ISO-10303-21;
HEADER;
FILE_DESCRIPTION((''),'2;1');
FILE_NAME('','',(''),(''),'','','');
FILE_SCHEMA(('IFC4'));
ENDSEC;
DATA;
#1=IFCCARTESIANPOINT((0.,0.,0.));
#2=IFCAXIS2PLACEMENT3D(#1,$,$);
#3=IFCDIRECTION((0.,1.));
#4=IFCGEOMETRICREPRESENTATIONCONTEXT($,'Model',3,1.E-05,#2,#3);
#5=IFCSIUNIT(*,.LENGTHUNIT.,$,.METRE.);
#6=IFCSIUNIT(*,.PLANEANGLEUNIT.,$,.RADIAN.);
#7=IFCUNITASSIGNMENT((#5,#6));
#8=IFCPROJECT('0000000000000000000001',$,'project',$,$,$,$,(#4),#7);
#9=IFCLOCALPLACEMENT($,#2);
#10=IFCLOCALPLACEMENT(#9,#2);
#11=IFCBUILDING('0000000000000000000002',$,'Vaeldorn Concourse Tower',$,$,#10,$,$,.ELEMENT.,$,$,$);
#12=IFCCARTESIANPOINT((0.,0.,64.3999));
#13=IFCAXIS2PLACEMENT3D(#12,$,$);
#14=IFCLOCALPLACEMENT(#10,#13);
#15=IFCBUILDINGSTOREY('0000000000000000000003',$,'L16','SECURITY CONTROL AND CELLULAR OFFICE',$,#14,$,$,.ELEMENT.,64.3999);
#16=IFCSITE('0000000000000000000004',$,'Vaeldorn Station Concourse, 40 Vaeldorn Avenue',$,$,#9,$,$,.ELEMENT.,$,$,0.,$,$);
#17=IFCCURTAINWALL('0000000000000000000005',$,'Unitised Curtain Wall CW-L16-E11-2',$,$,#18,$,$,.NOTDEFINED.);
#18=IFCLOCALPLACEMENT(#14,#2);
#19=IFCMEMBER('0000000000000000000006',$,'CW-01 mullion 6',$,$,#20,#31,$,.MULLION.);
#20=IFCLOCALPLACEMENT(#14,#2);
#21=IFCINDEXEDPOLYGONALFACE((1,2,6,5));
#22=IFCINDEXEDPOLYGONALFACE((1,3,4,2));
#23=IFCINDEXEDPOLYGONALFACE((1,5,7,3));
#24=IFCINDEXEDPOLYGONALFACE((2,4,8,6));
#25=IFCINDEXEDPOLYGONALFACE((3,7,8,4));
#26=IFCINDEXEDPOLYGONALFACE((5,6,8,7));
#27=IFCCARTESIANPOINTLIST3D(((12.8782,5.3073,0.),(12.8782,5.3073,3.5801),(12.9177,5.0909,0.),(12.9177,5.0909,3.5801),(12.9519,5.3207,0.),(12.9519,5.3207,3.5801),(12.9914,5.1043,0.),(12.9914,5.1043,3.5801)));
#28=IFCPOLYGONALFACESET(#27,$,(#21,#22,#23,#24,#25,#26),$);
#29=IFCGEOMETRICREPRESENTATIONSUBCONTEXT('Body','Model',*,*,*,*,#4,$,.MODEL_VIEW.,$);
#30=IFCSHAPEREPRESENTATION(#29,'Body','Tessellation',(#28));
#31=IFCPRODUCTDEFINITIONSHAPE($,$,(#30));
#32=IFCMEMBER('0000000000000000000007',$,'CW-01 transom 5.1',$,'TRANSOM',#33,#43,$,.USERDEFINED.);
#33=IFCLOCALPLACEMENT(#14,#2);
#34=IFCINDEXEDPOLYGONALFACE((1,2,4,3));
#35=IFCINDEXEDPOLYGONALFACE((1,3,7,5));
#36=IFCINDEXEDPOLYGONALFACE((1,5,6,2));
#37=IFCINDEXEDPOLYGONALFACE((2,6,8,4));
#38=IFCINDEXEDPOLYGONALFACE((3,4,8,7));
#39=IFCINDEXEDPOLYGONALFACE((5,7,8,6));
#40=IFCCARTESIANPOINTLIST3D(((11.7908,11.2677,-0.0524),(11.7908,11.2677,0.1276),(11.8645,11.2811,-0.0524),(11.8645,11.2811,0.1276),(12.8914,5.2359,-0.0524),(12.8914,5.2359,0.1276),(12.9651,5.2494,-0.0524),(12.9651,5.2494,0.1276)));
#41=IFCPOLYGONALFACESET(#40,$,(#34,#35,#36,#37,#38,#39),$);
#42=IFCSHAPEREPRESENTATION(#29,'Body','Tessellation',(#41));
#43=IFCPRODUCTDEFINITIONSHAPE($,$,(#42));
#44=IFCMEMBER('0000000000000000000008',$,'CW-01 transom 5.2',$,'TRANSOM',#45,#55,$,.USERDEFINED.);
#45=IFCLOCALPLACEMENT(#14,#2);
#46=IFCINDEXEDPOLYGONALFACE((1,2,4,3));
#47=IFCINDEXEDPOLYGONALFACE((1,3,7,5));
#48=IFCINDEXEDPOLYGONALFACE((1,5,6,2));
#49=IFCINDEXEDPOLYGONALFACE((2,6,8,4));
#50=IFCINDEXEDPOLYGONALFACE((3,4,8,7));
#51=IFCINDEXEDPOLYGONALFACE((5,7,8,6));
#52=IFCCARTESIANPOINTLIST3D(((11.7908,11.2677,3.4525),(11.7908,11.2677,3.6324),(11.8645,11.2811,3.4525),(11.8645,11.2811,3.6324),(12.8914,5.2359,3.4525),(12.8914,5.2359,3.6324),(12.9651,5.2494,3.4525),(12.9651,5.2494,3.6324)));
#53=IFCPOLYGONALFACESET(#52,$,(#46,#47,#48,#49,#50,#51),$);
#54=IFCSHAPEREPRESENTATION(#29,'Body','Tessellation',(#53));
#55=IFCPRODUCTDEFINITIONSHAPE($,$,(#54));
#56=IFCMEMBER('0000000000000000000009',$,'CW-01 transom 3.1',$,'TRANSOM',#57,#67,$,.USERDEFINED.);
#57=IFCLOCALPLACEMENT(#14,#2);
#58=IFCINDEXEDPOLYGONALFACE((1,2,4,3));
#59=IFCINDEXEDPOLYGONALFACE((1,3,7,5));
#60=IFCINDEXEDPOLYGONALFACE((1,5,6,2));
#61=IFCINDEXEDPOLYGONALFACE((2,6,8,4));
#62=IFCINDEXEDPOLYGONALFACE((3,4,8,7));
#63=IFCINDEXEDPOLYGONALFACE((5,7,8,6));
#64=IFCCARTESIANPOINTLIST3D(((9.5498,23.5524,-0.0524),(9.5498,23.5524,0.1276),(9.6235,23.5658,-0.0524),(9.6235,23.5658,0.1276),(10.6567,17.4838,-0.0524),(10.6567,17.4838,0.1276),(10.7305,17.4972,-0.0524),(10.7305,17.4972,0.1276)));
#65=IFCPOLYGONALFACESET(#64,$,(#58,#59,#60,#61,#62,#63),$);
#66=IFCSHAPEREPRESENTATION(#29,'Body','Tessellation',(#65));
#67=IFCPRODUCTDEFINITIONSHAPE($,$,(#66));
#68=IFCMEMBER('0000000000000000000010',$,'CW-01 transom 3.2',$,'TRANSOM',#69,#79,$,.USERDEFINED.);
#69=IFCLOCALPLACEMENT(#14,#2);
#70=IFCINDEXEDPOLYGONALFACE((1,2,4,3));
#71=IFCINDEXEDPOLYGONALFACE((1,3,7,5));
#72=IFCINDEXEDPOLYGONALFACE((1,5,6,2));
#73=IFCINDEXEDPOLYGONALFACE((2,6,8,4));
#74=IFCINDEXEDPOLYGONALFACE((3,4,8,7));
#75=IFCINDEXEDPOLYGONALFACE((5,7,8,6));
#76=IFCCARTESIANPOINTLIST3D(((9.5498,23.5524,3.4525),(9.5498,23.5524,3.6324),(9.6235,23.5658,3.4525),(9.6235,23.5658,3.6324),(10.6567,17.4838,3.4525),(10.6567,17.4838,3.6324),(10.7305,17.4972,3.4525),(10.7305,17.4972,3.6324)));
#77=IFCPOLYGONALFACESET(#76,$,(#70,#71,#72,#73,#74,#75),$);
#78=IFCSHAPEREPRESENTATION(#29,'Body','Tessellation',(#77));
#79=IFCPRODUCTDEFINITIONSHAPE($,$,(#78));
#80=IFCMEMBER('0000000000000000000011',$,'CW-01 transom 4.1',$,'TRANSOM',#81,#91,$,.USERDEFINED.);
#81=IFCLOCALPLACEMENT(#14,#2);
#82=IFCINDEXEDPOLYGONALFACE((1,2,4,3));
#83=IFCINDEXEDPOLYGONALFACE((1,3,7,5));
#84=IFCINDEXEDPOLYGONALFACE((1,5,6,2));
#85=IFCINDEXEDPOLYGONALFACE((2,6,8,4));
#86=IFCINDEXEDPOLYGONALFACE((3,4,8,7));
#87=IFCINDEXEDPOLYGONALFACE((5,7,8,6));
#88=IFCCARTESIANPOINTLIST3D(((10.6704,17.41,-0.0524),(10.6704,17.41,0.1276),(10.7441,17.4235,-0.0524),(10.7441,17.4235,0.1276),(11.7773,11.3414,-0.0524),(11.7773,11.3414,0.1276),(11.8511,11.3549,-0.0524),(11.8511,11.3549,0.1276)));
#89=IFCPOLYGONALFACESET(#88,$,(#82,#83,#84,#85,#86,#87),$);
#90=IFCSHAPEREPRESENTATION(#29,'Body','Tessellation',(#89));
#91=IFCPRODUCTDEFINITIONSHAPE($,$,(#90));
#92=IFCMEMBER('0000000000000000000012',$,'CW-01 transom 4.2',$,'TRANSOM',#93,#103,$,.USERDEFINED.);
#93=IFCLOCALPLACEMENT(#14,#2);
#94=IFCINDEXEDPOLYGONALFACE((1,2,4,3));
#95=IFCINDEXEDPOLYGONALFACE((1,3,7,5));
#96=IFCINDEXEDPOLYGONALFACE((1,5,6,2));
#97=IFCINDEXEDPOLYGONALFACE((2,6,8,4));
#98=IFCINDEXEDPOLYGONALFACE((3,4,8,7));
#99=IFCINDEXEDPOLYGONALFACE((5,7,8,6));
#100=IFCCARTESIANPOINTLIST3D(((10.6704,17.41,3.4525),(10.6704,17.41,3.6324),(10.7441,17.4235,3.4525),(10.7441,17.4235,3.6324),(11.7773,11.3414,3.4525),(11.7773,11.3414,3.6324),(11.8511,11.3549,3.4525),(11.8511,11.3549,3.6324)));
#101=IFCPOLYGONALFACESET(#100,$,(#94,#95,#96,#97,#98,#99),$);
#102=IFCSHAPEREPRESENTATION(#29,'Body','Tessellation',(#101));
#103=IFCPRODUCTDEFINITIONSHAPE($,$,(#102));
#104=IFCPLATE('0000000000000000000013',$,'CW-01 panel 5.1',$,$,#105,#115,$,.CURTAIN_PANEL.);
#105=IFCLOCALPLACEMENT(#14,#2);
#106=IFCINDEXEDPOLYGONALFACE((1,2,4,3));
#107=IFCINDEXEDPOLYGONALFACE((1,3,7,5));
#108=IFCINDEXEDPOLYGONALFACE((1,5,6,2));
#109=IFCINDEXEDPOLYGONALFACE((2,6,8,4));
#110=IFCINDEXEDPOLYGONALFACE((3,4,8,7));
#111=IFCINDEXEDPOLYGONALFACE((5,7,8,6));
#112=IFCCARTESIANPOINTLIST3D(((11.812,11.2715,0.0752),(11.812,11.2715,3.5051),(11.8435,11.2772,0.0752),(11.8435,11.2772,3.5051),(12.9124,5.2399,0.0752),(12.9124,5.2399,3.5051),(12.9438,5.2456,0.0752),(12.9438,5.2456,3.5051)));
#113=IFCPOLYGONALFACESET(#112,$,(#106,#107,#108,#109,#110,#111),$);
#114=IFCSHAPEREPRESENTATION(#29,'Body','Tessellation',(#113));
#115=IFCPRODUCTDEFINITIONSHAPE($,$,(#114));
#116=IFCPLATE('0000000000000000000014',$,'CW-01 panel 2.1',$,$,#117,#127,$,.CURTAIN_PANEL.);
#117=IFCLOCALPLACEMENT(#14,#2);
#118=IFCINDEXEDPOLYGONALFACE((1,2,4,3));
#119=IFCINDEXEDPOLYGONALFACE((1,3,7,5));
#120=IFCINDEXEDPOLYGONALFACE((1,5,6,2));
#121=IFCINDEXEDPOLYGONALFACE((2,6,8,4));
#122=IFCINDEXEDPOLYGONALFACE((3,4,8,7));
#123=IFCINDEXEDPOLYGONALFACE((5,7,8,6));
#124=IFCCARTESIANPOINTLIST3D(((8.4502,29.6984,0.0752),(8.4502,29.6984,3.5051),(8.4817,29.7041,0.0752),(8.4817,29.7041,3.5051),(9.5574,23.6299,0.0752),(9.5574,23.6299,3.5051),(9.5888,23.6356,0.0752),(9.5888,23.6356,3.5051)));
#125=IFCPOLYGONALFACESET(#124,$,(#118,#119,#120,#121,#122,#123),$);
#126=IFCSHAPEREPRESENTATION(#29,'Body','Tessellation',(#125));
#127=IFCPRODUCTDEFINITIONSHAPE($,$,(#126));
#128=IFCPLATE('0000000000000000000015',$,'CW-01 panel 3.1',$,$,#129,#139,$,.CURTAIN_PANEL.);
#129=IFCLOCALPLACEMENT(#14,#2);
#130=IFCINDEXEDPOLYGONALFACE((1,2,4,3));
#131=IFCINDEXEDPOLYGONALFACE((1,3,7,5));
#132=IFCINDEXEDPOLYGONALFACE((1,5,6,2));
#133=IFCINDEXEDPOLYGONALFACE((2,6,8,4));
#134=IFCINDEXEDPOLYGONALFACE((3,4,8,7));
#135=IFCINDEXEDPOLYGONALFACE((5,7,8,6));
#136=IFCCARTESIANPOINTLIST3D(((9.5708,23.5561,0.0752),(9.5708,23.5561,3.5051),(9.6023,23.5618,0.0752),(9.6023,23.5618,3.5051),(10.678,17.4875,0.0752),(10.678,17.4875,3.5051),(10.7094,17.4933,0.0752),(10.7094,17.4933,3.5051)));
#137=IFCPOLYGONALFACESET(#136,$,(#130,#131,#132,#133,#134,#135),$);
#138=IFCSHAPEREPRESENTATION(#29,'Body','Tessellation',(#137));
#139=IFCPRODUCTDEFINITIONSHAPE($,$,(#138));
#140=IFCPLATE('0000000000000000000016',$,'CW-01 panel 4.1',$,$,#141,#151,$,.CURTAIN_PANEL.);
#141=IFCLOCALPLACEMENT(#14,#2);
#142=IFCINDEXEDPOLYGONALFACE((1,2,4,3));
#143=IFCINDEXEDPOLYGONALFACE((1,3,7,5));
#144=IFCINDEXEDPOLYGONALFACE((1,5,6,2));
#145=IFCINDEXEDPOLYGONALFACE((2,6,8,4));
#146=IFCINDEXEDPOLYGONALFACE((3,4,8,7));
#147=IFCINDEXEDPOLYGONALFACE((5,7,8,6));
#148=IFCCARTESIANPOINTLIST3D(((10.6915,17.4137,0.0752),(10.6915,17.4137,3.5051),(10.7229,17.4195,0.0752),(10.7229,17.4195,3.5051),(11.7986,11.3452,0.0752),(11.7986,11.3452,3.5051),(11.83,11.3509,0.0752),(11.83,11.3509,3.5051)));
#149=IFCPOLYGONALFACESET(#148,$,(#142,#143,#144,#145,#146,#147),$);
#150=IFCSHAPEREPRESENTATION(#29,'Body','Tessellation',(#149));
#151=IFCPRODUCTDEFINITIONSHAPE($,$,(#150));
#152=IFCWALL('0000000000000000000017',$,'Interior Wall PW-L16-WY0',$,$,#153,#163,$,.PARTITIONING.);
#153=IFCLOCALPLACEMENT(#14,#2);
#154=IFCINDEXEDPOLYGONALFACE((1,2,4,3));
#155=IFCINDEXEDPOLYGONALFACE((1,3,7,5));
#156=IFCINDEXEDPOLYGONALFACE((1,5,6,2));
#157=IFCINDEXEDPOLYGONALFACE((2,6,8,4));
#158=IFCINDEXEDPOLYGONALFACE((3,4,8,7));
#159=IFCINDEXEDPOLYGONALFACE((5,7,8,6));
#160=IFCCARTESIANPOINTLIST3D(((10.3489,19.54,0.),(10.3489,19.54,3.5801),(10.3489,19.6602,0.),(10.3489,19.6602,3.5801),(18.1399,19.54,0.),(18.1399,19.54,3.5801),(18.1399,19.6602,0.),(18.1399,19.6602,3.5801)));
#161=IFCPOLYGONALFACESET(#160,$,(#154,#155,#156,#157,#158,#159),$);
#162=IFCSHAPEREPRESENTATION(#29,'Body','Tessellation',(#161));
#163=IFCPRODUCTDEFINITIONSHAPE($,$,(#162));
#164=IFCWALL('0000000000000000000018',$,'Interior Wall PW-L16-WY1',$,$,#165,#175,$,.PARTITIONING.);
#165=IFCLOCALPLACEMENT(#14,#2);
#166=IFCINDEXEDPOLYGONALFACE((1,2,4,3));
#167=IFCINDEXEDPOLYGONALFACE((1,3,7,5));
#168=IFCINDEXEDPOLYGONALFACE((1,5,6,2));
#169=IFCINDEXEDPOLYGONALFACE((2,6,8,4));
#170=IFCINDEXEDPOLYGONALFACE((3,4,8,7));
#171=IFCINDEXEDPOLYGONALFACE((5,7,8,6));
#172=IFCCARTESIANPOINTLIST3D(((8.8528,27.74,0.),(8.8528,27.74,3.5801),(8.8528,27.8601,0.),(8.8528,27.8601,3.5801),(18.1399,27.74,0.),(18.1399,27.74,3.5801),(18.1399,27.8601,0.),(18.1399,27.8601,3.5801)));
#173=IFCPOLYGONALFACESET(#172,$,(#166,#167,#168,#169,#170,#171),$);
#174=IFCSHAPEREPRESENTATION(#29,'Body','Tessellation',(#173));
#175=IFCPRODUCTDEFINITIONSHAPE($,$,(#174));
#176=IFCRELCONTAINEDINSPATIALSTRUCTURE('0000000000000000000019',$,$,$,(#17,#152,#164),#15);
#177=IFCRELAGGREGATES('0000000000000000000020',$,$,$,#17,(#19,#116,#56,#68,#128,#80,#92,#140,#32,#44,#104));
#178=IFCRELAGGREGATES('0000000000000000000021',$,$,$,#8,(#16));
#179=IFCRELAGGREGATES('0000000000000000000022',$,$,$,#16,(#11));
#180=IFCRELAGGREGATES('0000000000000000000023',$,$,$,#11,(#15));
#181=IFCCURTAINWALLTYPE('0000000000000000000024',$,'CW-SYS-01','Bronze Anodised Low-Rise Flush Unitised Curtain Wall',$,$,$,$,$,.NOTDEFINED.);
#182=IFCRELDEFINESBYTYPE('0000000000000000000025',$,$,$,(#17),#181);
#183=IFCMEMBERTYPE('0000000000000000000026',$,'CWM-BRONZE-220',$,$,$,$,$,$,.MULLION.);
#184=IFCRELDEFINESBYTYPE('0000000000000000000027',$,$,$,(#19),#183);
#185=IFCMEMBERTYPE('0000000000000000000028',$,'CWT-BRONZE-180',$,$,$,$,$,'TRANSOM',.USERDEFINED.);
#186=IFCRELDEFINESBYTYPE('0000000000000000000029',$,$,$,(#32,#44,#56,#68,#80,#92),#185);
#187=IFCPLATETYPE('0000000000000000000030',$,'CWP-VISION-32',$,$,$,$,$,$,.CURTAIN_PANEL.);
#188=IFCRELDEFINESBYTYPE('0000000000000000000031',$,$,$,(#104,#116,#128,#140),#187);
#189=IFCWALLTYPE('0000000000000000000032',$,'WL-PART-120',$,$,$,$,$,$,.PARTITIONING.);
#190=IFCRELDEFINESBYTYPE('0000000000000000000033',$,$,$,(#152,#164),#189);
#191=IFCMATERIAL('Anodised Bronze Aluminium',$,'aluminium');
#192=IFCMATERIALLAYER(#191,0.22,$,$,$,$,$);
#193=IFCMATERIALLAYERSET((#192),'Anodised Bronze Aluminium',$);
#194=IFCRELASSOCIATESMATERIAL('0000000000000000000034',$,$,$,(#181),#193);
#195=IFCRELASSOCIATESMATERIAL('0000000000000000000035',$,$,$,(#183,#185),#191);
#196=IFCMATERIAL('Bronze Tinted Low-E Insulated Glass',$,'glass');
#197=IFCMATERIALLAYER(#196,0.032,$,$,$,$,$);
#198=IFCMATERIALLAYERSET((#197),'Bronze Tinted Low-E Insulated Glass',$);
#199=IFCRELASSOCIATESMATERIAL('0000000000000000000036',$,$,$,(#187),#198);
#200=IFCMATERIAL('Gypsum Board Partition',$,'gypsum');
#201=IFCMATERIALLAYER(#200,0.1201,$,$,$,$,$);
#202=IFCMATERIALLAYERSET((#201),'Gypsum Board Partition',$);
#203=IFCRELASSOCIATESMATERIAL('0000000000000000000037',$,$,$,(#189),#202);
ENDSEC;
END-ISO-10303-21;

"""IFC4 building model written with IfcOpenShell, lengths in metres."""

from ifc_helpers import new_model, si_unit, direction, frame, frame_2d, origin, origin_2d, place, context, subcontext, project, spatial, rectangle, extrude, source, transform, mapped, material, layer, layer_set, material_profile, profile_set, type_object, element, aggregate, save


model = new_model("IFC4")

# Units and contexts
model_context = context("Model", 3, precision=1e-05, world=origin(), true_north=direction((0.0, 1.0)))
body_context = subcontext(model_context, "Body", "Model", "MODEL_VIEW")
ifc_project = project(units=[si_unit("LENGTHUNIT", "METRE"), si_unit("PLANEANGLEUNIT", "RADIAN")], contexts=[model_context])

# Site, building, storey
site_placement = place(None, origin())
site = spatial("IfcSite", under=ifc_project, at=site_placement, Name="Vaeldorn Station Concourse, 40 Vaeldorn Avenue", CompositionType="ELEMENT", RefElevation=0.0)
building_placement = place(site_placement, origin())
building = spatial("IfcBuilding", under=site, at=building_placement, Name="Vaeldorn Concourse Tower", CompositionType="ELEMENT")
storey_placement = place(building_placement, frame((0.0, 0.0, 64.3999)))
storey = spatial("IfcBuildingStorey", under=building, at=storey_placement, Name="L16", Description="SECURITY CONTROL AND CELLULAR OFFICE", CompositionType="ELEMENT", Elevation=64.3999)

# Curtain wall, members, plates
ifc_material_1 = material(Name="Anodised Bronze Aluminium", Category="aluminium")
ifc_layer_1 = layer(ifc_material_1, 0.22)
ifc_layer_set_1 = layer_set([ifc_layer_1], Name="Anodised Bronze Aluminium")
curtain_wall_type = type_object("IfcCurtainWallType", Name="CW-SYS-01", Description="Bronze Anodised Low-Rise Flush Unitised Curtain Wall", PredefinedType="NOTDEFINED", material=ifc_layer_set_1)
curtain_wall_placement = place(storey_placement, origin())
curtain_wall = element("IfcCurtainWall", 1, at=curtain_wall_placement, inside=storey, type_object=curtain_wall_type, Name="Unitised Curtain Wall CW-L16-E11-2", PredefinedType="NOTDEFINED")
ifc_material_profile_1 = material_profile(ifc_material_1, rectangle(XDim=0.075, YDim=0.22, at=origin_2d()), Name="CWM 75x220")
ifc_profile_set_1 = profile_set([ifc_material_profile_1], Name="Anodised Bronze Aluminium")
member_type_1 = type_object("IfcMemberType", Name="CWM-BRONZE-220", PredefinedType="MULLION", material=ifc_profile_set_1)
shared_shape_1 = source(origin(), body_context, "Body", "SweptSolid", [
    extrude(rectangle(XDim=0.075, YDim=0.22, at=origin_2d()), origin(), (0.0, 0.0, 1.0), 3.5801),
])
member_1_placement = place(storey_placement, frame((12.9348, 5.2058, 0.0), z_axis=(0.0, 0.0, 1.0), x_axis=(0.983763, 0.179474, 0.0)))
member_1 = element("IfcMember", 2, at=member_1_placement, type_object=member_type_1, Name="CW-01 mullion 6", PredefinedType="MULLION", context=body_context, shape_type="MappedRepresentation", body=[
    mapped(shared_shape_1, transform((0.0, 0.0, 0.0), scale=1.0)),
])
ifc_material_profile_2 = material_profile(ifc_material_1, rectangle(XDim=0.075, YDim=0.1799, at=origin_2d()), Name="CWT 75x180")
ifc_profile_set_2 = profile_set([ifc_material_profile_2], Name="Anodised Bronze Aluminium")
member_type_2 = type_object("IfcMemberType", Name="CWT-BRONZE-180", ElementType="TRANSOM", PredefinedType="USERDEFINED", material=ifc_profile_set_2)
shared_shape_2 = source(origin(), body_context, "Body", "SweptSolid", [
    extrude(rectangle(XDim=0.075, YDim=0.1799, at=origin_2d()), origin(), (0.0, 0.0, 1.0), 6.1313),
])
member_2_placement = place(storey_placement, frame((11.8276, 11.2744, 0.0376), z_axis=(0.179502, -0.983758, 0.0), x_axis=(0.983758, 0.179502, 0.0)))
member_2 = element("IfcMember", 3, at=member_2_placement, type_object=member_type_2, Name="CW-01 transom 5.1", ObjectType="TRANSOM", PredefinedType="USERDEFINED", context=body_context, shape_type="MappedRepresentation", body=[
    mapped(shared_shape_2, transform((0.0, 0.0, 0.0), scale=1.0)),
])
member_3_placement = place(storey_placement, frame((11.8276, 11.2744, 3.5425), z_axis=(0.179502, -0.983758, 0.0), x_axis=(0.983758, 0.179502, 0.0)))
member_3 = element("IfcMember", 4, at=member_3_placement, type_object=member_type_2, Name="CW-01 transom 5.2", ObjectType="TRANSOM", PredefinedType="USERDEFINED", context=body_context, shape_type="MappedRepresentation", body=[
    mapped(shared_shape_2, transform((0.0, 0.0, 0.0), scale=1.0)),
])
shared_shape_3 = source(origin(), body_context, "Body", "SweptSolid", [
    extrude(rectangle(XDim=0.075, YDim=0.1799, at=origin_2d()), origin(), (0.0, 0.0, 1.0), 6.1687),
])
member_4_placement = place(storey_placement, frame((9.5867, 23.5591, 0.0376), z_axis=(0.179443, -0.983768, 0.0), x_axis=(0.983768, 0.179443, 0.0)))
member_4 = element("IfcMember", 5, at=member_4_placement, type_object=member_type_2, Name="CW-01 transom 3.1", ObjectType="TRANSOM", PredefinedType="USERDEFINED", context=body_context, shape_type="MappedRepresentation", body=[
    mapped(shared_shape_3, transform((0.0, 0.0, 0.0), scale=1.0)),
])
member_5_placement = place(storey_placement, frame((9.5867, 23.5591, 3.5425), z_axis=(0.179443, -0.983768, 0.0), x_axis=(0.983768, 0.179443, 0.0)))
member_5 = element("IfcMember", 6, at=member_5_placement, type_object=member_type_2, Name="CW-01 transom 3.2", ObjectType="TRANSOM", PredefinedType="USERDEFINED", context=body_context, shape_type="MappedRepresentation", body=[
    mapped(shared_shape_3, transform((0.0, 0.0, 0.0), scale=1.0)),
])
member_6_placement = place(storey_placement, frame((10.7073, 17.4167, 0.0376), z_axis=(0.179443, -0.983768, 0.0), x_axis=(0.983768, 0.179443, 0.0)))
member_6 = element("IfcMember", 7, at=member_6_placement, type_object=member_type_2, Name="CW-01 transom 4.1", ObjectType="TRANSOM", PredefinedType="USERDEFINED", context=body_context, shape_type="MappedRepresentation", body=[
    mapped(shared_shape_3, transform((0.0, 0.0, 0.0), scale=1.0)),
])
member_7_placement = place(storey_placement, frame((10.7073, 17.4167, 3.5425), z_axis=(0.179443, -0.983768, 0.0), x_axis=(0.983768, 0.179443, 0.0)))
member_7 = element("IfcMember", 8, at=member_7_placement, type_object=member_type_2, Name="CW-01 transom 4.2", ObjectType="TRANSOM", PredefinedType="USERDEFINED", context=body_context, shape_type="MappedRepresentation", body=[
    mapped(shared_shape_3, transform((0.0, 0.0, 0.0), scale=1.0)),
])
ifc_material_2 = material(Name="Bronze Tinted Low-E Insulated Glass", Category="glass")
ifc_layer_2 = layer(ifc_material_2, 0.032)
ifc_layer_set_2 = layer_set([ifc_layer_2], Name="Bronze Tinted Low-E Insulated Glass")
plate_type = type_object("IfcPlateType", Name="CWP-VISION-32", PredefinedType="CURTAIN_PANEL", material=ifc_layer_set_2)
shared_shape_4 = source(origin(), body_context, "Body", "SweptSolid", [
    extrude(rectangle(XDim=6.1311, YDim=0.032, at=origin_2d()), origin(), (0.0, 0.0, 1.0), 3.4299),
])
plate_1_placement = place(storey_placement, frame((12.3779, 8.2585, 0.0752), z_axis=(0.0, 0.0, 1.0), x_axis=(0.179474, -0.983763, 0.0)))
plate_1 = element("IfcPlate", 9, at=plate_1_placement, type_object=plate_type, Name="CW-01 panel 5.1", PredefinedType="CURTAIN_PANEL", context=body_context, shape_type="MappedRepresentation", body=[
    mapped(shared_shape_4, transform((0.0, 0.0, 0.0), scale=1.0)),
])
shared_shape_5 = source(origin(), body_context, "Body", "SweptSolid", [
    extrude(rectangle(XDim=6.1687, YDim=0.032, at=origin_2d()), origin(), (0.0, 0.0, 1.0), 3.4299),
])
plate_2_placement = place(storey_placement, frame((9.0195, 26.667, 0.0752), z_axis=(0.0, 0.0, 1.0), x_axis=(0.179474, -0.983763, 0.0)))
plate_2 = element("IfcPlate", 10, at=plate_2_placement, type_object=plate_type, Name="CW-01 panel 2.1", PredefinedType="CURTAIN_PANEL", context=body_context, shape_type="MappedRepresentation", body=[
    mapped(shared_shape_5, transform((0.0, 0.0, 0.0), scale=1.0)),
])
plate_3_placement = place(storey_placement, frame((10.1401, 20.5247, 0.0752), z_axis=(0.0, 0.0, 1.0), x_axis=(0.179474, -0.983763, 0.0)))
plate_3 = element("IfcPlate", 11, at=plate_3_placement, type_object=plate_type, Name="CW-01 panel 3.1", PredefinedType="CURTAIN_PANEL", context=body_context, shape_type="MappedRepresentation", body=[
    mapped(shared_shape_5, transform((0.0, 0.0, 0.0), scale=1.0)),
])
plate_4_placement = place(storey_placement, frame((11.2607, 14.3823, 0.0752), z_axis=(0.0, 0.0, 1.0), x_axis=(0.179474, -0.983763, 0.0)))
plate_4 = element("IfcPlate", 12, at=plate_4_placement, type_object=plate_type, Name="CW-01 panel 4.1", PredefinedType="CURTAIN_PANEL", context=body_context, shape_type="MappedRepresentation", body=[
    mapped(shared_shape_5, transform((0.0, 0.0, 0.0), scale=1.0)),
])
aggregate(curtain_wall, [member_1, plate_2, member_4, member_5, plate_3, member_6, member_7, plate_4, member_2, member_3, plate_1])

# Walls
ifc_material_3 = material(Name="Gypsum Board Partition", Category="gypsum")
ifc_layer_3 = layer(ifc_material_3, 0.1201)
ifc_layer_set_3 = layer_set([ifc_layer_3], Name="Gypsum Board Partition")
wall_type = type_object("IfcWallType", Name="WL-PART-120", PredefinedType="PARTITIONING", material=ifc_layer_set_3)
wall_1_placement = place(storey_placement, frame((10.3489, 19.6001, 0.0), z_axis=(0.0, 0.0, 1.0), x_axis=(1.0, 0.0, 0.0)))
element("IfcWall", 13, at=wall_1_placement, inside=storey, type_object=wall_type, Name="Interior Wall PW-L16-WY0", PredefinedType="PARTITIONING", context=body_context, shape_type="SweptSolid", body=[
    extrude(rectangle(XDim=7.791, YDim=0.1201, at=frame_2d((3.8955, 0.0))), origin(), (0.0, 0.0, 1.0), 3.5801),
])
wall_2_placement = place(storey_placement, frame((8.8528, 27.8, 0.0), z_axis=(0.0, 0.0, 1.0), x_axis=(1.0, 0.0, 0.0)))
element("IfcWall", 14, at=wall_2_placement, inside=storey, type_object=wall_type, Name="Interior Wall PW-L16-WY1", PredefinedType="PARTITIONING", context=body_context, shape_type="SweptSolid", body=[
    extrude(rectangle(XDim=9.2871, YDim=0.1201, at=frame_2d((4.6436, 0.0))), origin(), (0.0, 0.0, 1.0), 3.5801),
])

save(model, "model.ifc")
